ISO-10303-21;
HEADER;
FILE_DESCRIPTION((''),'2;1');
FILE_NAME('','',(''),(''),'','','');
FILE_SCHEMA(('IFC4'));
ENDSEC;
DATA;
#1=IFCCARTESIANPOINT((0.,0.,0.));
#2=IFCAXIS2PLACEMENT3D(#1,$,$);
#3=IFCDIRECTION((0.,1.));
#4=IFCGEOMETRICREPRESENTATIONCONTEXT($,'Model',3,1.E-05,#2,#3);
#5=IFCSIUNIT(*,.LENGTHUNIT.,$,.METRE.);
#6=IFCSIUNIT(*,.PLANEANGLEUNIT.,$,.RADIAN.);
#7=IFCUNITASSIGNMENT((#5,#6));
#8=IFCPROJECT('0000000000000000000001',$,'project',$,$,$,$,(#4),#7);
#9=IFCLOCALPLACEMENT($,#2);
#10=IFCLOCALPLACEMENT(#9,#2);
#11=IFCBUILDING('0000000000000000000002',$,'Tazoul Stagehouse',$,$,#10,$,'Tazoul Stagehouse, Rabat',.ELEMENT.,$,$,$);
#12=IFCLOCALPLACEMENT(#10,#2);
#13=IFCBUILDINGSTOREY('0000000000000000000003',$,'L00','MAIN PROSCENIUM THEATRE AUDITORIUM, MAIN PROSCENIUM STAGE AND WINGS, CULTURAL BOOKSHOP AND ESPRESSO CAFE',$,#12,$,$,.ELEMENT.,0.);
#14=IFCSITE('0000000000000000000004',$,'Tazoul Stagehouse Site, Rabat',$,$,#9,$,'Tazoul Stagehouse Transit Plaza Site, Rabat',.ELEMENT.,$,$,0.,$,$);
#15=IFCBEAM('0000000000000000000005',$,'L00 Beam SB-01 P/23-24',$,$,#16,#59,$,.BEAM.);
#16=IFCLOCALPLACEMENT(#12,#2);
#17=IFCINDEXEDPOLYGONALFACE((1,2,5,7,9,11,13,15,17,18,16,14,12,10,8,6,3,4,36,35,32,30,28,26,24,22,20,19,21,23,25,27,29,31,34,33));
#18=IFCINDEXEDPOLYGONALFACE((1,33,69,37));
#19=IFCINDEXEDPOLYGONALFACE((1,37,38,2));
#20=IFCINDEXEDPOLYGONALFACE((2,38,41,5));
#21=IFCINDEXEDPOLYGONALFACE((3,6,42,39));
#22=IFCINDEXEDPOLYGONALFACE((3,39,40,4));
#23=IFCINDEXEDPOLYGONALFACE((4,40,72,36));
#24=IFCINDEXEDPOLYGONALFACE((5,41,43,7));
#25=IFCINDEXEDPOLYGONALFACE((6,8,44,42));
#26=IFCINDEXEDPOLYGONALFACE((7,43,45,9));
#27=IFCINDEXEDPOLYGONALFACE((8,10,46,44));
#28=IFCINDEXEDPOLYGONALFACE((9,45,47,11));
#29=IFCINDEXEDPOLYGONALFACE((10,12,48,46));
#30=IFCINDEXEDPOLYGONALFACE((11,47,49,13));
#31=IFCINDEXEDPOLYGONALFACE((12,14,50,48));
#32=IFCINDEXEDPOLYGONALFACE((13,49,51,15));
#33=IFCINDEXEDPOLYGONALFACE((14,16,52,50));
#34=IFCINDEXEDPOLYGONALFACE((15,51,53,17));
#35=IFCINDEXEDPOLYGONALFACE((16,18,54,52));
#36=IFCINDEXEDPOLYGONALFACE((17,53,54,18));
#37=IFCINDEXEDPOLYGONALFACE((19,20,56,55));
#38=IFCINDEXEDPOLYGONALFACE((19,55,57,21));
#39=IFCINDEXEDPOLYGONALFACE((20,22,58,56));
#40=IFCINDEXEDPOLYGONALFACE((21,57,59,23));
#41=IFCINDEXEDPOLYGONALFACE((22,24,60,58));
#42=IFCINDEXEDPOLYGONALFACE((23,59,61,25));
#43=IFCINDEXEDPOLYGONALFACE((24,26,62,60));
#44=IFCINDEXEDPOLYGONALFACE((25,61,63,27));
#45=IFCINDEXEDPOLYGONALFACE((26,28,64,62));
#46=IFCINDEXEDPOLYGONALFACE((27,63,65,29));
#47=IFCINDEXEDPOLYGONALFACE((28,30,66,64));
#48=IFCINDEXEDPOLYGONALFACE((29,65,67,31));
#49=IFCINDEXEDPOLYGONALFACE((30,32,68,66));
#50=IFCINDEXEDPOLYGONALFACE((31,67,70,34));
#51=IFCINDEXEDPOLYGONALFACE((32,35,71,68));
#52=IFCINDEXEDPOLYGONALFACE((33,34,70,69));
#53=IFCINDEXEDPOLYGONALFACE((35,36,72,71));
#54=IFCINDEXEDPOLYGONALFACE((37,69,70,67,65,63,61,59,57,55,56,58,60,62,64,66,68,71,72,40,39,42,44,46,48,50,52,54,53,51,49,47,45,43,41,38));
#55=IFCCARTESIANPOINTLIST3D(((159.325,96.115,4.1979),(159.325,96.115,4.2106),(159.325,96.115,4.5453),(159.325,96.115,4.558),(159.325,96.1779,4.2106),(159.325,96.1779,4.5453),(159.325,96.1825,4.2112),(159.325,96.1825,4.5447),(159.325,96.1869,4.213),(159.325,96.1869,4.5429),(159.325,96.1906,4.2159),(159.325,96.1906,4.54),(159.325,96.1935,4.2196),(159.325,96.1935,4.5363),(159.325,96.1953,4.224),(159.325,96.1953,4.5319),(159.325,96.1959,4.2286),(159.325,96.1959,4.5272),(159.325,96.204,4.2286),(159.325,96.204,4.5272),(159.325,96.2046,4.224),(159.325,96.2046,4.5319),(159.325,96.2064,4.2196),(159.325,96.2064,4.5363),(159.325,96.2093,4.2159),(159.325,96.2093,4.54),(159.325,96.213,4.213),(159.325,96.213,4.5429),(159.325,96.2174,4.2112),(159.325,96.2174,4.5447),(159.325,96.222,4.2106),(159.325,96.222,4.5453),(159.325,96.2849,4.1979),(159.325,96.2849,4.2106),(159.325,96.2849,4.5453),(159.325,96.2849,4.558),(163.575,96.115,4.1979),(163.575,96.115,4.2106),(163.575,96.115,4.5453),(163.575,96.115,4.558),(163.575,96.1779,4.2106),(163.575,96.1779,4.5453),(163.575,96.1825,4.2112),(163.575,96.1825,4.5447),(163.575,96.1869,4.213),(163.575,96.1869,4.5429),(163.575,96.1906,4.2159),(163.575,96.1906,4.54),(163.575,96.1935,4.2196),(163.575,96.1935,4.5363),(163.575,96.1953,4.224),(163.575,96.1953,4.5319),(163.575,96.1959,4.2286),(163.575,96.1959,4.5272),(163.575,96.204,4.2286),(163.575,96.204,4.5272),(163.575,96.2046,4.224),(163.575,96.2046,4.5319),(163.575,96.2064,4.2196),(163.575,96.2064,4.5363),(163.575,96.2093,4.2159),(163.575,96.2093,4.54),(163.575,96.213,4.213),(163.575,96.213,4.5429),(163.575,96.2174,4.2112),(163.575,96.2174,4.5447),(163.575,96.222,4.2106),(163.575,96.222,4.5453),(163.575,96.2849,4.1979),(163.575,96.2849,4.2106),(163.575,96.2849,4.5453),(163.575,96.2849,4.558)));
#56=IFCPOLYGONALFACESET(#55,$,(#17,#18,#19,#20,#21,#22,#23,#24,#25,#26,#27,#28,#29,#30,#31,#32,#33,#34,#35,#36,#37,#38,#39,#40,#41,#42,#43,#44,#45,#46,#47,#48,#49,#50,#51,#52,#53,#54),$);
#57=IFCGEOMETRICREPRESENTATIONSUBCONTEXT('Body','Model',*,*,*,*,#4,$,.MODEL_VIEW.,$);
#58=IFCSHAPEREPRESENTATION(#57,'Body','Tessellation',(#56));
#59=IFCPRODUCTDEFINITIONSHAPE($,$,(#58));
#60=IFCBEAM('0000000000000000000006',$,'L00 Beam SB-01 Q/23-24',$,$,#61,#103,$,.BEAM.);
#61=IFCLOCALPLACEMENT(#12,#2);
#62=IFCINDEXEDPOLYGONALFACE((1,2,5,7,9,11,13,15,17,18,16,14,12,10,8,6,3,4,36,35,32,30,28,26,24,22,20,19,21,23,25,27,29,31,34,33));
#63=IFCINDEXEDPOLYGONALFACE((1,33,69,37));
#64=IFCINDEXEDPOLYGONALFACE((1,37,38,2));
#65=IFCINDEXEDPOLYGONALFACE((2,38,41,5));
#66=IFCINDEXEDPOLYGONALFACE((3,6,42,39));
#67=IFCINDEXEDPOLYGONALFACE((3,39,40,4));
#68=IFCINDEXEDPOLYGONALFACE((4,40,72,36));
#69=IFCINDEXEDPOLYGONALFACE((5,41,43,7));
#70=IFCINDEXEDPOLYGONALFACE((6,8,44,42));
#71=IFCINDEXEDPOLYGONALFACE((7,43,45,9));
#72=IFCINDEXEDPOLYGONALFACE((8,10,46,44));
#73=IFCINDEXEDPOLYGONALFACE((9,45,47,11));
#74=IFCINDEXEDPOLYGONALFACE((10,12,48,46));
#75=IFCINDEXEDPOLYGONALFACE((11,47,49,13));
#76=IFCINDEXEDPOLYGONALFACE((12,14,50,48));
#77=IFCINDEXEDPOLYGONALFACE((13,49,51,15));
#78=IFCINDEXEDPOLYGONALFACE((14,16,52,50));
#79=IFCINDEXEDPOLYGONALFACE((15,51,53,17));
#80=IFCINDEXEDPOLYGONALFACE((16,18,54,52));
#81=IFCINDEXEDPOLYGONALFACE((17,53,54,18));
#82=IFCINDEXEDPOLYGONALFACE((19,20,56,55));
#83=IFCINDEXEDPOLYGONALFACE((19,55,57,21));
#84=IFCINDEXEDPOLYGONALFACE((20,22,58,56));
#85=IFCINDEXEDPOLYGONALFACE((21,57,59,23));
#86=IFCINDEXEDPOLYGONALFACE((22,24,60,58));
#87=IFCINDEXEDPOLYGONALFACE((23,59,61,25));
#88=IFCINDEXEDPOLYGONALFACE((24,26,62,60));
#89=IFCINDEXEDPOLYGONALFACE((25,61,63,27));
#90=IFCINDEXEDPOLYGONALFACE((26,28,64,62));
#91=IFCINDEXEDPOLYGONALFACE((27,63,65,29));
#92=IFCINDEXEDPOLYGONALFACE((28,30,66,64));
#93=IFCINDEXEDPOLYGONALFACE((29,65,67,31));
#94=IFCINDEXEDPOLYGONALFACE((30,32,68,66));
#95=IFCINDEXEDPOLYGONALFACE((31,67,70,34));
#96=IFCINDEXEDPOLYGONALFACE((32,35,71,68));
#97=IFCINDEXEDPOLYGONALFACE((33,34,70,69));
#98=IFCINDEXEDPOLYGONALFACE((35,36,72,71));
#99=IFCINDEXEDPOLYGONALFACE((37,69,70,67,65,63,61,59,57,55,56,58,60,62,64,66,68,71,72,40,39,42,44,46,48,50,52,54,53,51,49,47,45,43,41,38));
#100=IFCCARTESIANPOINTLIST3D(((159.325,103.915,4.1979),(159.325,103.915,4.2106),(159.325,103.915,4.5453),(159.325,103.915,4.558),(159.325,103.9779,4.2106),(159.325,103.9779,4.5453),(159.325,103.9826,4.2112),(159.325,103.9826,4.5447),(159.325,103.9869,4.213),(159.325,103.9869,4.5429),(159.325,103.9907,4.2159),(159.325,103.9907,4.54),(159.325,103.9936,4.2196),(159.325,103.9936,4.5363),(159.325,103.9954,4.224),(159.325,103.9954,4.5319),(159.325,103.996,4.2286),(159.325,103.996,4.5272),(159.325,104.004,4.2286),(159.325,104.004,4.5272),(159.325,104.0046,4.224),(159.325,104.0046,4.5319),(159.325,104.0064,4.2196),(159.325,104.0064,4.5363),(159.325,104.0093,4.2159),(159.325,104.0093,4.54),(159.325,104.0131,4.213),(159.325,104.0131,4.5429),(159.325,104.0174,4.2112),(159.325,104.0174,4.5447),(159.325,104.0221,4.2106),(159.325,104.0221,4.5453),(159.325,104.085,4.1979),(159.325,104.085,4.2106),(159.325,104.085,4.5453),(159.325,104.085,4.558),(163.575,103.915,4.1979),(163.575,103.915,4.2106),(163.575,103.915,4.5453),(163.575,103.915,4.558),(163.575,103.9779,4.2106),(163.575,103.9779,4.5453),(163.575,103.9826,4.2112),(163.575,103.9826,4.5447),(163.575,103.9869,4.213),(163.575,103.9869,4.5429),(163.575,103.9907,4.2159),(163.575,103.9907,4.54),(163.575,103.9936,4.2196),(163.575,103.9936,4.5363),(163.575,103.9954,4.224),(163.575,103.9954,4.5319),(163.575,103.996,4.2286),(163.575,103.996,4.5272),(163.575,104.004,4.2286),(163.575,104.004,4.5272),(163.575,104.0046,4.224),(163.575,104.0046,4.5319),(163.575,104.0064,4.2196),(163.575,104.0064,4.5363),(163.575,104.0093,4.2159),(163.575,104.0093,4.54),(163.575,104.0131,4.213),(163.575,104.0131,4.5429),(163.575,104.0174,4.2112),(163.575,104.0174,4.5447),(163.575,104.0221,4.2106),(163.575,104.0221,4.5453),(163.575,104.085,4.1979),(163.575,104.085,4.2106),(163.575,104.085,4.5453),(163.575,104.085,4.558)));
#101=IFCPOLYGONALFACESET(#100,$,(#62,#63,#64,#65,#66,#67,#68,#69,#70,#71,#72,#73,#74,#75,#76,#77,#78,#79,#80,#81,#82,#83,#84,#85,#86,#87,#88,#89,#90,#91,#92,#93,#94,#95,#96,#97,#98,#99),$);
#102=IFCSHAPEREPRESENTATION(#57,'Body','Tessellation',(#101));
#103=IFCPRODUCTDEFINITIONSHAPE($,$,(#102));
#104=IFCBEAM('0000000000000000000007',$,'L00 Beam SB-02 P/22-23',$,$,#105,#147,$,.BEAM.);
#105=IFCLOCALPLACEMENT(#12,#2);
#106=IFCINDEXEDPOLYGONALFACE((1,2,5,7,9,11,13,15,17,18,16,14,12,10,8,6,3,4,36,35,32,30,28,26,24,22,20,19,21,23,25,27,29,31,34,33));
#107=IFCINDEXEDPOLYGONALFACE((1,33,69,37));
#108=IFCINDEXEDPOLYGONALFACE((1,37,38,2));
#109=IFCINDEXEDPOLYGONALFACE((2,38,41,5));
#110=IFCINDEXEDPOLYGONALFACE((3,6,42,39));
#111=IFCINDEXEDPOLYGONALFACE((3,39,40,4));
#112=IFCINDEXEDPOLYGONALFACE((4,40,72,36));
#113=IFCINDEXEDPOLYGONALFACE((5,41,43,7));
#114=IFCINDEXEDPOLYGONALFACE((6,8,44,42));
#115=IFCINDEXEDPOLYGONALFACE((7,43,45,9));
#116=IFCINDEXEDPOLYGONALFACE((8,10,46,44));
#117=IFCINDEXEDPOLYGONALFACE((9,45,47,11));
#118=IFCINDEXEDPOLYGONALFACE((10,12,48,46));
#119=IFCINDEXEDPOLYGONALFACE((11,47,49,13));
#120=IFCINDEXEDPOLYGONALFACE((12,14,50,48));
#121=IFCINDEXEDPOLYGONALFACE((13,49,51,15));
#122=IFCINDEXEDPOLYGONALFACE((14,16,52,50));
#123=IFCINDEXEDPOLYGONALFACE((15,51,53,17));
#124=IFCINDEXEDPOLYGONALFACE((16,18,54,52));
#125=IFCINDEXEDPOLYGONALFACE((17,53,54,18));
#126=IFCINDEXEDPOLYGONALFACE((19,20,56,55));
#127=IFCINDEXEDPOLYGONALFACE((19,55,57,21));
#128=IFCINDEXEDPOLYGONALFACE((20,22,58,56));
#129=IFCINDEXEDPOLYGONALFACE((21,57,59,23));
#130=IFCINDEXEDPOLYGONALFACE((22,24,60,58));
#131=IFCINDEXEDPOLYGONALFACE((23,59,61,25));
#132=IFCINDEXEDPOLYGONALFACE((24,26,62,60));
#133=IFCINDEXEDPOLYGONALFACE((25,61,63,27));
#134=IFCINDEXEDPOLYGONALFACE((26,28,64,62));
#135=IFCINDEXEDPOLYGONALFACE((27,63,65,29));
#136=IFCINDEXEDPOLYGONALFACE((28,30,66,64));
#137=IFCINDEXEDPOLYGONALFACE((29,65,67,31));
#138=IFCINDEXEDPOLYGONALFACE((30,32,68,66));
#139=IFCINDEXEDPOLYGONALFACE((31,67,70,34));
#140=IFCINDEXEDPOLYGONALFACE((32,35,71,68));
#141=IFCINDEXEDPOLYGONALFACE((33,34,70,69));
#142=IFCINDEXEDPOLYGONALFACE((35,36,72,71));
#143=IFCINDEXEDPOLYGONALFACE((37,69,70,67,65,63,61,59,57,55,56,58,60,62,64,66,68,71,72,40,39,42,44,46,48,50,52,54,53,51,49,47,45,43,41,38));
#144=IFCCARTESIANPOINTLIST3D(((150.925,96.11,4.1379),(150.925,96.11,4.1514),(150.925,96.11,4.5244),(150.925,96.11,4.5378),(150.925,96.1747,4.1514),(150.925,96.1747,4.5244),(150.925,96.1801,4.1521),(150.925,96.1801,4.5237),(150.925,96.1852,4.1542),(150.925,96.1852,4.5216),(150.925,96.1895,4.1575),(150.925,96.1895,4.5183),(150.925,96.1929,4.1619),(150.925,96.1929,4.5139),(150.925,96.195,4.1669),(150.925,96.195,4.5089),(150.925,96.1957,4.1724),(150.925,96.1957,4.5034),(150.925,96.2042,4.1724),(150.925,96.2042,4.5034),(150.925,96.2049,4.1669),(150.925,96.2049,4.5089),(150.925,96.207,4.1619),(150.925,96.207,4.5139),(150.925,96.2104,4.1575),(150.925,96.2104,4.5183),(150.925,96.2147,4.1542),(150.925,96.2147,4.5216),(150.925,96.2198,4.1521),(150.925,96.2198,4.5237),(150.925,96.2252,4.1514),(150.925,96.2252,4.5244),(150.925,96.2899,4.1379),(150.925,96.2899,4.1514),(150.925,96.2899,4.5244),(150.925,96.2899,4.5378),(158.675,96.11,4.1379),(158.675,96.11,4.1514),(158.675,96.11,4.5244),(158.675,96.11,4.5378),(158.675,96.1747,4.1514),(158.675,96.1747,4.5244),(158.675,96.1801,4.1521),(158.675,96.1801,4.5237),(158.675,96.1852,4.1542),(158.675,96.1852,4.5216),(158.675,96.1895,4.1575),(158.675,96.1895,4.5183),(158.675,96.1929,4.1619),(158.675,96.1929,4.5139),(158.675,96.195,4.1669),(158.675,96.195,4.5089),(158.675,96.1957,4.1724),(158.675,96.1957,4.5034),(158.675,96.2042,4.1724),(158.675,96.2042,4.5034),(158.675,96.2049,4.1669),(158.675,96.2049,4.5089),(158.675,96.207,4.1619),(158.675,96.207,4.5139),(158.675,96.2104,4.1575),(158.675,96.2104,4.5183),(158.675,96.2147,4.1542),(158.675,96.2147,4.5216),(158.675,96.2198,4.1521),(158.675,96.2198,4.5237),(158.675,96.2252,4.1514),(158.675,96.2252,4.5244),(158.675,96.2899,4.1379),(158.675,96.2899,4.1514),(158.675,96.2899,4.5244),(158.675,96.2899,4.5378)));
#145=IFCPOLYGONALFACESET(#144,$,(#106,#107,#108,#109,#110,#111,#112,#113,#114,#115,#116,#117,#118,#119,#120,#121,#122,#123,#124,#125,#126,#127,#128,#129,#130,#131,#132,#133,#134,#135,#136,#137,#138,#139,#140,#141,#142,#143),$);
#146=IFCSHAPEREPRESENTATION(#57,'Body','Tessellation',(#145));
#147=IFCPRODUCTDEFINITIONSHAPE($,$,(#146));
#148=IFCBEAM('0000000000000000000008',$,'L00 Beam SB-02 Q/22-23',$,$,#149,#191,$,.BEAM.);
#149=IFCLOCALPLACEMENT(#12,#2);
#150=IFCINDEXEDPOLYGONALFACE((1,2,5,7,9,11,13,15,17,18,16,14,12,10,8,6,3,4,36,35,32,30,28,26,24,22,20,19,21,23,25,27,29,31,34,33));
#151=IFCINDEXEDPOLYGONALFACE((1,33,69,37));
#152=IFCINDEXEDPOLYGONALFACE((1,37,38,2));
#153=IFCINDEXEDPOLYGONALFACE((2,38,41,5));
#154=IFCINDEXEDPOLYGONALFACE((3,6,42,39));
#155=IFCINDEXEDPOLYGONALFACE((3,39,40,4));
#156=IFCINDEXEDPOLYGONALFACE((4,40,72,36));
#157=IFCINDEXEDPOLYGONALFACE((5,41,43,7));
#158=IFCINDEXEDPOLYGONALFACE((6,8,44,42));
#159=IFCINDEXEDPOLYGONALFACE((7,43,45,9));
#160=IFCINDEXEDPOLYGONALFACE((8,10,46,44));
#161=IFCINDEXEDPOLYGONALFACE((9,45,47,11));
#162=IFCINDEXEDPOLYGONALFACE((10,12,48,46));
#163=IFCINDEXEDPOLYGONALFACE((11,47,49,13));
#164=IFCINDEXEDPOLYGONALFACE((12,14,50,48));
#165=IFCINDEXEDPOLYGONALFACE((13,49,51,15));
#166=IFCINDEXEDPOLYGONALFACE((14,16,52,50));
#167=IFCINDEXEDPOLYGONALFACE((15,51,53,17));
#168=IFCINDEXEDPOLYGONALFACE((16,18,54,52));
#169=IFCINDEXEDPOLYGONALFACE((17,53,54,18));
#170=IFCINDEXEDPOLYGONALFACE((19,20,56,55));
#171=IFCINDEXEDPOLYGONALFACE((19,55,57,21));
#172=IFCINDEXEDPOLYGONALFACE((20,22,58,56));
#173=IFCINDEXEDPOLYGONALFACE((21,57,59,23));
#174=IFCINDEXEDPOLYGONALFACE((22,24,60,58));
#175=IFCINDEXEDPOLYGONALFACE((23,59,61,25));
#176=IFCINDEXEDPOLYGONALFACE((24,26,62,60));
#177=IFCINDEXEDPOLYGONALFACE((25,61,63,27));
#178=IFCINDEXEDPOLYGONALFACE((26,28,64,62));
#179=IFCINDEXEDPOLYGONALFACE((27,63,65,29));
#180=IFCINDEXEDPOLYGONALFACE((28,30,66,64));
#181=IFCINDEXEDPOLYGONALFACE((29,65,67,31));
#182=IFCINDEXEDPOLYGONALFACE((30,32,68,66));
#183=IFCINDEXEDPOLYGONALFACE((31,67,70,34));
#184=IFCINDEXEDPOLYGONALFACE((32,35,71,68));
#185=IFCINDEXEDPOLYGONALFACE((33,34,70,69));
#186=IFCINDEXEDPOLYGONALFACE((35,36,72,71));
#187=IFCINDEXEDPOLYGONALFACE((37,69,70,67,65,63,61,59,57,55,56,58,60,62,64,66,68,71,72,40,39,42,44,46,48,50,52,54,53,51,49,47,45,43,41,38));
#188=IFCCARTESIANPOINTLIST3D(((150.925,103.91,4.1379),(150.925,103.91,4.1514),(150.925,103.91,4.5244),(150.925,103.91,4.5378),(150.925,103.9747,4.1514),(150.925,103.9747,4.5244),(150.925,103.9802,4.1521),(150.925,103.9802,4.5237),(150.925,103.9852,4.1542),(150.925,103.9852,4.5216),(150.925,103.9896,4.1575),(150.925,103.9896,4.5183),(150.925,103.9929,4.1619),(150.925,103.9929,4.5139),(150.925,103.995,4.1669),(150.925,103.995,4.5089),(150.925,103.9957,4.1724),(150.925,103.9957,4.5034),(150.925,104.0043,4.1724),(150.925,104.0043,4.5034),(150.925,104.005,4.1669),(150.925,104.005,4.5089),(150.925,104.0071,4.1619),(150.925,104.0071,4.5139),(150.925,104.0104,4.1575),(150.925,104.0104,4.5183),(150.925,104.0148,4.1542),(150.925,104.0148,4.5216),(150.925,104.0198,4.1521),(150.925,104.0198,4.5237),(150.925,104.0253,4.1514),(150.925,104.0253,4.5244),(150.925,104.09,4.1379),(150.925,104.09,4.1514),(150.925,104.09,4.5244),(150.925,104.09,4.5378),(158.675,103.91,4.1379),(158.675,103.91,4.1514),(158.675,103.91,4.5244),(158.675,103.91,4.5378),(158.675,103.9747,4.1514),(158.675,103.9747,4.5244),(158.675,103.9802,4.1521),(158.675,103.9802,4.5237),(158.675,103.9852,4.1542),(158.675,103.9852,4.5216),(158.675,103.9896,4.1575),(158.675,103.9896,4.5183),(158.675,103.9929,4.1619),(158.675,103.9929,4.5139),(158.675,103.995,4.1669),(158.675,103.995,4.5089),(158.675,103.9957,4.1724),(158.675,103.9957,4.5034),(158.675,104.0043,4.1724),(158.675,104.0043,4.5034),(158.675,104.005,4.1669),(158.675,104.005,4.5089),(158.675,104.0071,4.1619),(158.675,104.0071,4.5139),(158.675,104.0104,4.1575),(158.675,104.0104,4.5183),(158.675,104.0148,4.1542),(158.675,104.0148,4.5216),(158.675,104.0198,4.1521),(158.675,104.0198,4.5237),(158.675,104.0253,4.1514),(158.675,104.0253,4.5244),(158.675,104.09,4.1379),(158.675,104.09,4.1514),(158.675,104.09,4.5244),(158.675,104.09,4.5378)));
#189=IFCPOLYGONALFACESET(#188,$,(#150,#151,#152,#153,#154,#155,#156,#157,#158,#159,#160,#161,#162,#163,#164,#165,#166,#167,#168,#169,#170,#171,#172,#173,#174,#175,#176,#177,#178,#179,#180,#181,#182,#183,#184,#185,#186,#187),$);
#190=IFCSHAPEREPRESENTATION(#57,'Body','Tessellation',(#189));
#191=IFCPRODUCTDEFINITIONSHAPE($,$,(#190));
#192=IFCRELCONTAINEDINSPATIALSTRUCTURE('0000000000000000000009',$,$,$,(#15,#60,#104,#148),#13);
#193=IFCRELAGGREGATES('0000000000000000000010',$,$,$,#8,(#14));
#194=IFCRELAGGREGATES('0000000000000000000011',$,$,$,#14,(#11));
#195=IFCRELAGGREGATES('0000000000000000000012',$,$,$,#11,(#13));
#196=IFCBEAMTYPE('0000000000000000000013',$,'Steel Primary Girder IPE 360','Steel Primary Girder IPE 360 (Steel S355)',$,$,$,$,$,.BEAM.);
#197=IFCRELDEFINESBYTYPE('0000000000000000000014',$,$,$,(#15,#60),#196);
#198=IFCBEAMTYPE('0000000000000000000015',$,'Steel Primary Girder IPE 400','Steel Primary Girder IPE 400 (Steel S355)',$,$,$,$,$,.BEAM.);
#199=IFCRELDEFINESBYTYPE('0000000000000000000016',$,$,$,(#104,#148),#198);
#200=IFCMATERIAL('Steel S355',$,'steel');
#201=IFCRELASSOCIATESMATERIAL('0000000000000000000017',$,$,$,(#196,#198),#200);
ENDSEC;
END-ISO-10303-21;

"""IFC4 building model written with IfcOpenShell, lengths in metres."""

from ifc_helpers import new_model, si_unit, direction, frame, origin, origin_2d, place, context, subcontext, project, spatial, i_section, extrude, material, material_profile, profile_set, type_object, element, save


model = new_model("IFC4")

# Units and contexts
model_context = context("Model", 3, precision=1e-05, world=origin(), true_north=direction((0.0, 1.0)))
body_context = subcontext(model_context, "Body", "Model", "MODEL_VIEW")
ifc_project = project(units=[si_unit("LENGTHUNIT", "METRE"), si_unit("PLANEANGLEUNIT", "RADIAN")], contexts=[model_context])

# Site, building, storey
site_placement = place(None, origin())
site = spatial("IfcSite", under=ifc_project, at=site_placement, Name="Tazoul Stagehouse Site, Rabat", LongName="Tazoul Stagehouse Transit Plaza Site, Rabat", CompositionType="ELEMENT", RefElevation=0.0)
building_placement = place(site_placement, origin())
building = spatial("IfcBuilding", under=site, at=building_placement, Name="Tazoul Stagehouse", LongName="Tazoul Stagehouse, Rabat", CompositionType="ELEMENT")
storey_placement = place(building_placement, origin())
storey = spatial("IfcBuildingStorey", under=building, at=storey_placement, Name="L00", Description="MAIN PROSCENIUM THEATRE AUDITORIUM, MAIN PROSCENIUM STAGE AND WINGS, CULTURAL BOOKSHOP AND ESPRESSO CAFE", CompositionType="ELEMENT", Elevation=0.0)

# Beams
ifc_material_1 = material(Name="Steel S355", Category="steel")
ifc_material_profile_1 = material_profile(ifc_material_1, i_section(OverallWidth=0.1699, OverallDepth=0.3601, WebThickness=0.0081, FlangeThickness=0.0127, FilletRadius=0.0181, at=origin_2d()), Name="IPE 360")
ifc_profile_set_1 = profile_set([ifc_material_profile_1], Name="Steel S355")
beam_type_1 = type_object("IfcBeamType", Name="Steel Primary Girder IPE 360", Description="Steel Primary Girder IPE 360 (Steel S355)", PredefinedType="BEAM", material=ifc_profile_set_1)
for number, where, z_axis, x_axis, name in (
    (1, (159.325, 96.2, 4.3779), (1.0, 0.0, 0.0), (0.0, 1.0, 0.0), "L00 Beam SB-01 P/23-24"),
    (2, (159.325, 104.0, 4.3779), (1.0, 0.0, 0.0), (0.0, 1.0, 0.0), "L00 Beam SB-01 Q/23-24"),
):
    element("IfcBeam", number, at=place(storey_placement, frame(where, z_axis=z_axis, x_axis=x_axis)), inside=storey, type_object=beam_type_1, Name=name, PredefinedType="BEAM", context=body_context, shape_type="SweptSolid", body=[
        extrude(i_section(OverallWidth=0.1699, OverallDepth=0.3601, WebThickness=0.0081, FlangeThickness=0.0127, FilletRadius=0.0181, at=origin_2d()), origin(), (0.0, 0.0, 1.0), 4.25),
    ])
ifc_material_profile_2 = material_profile(ifc_material_1, i_section(OverallWidth=0.1799, OverallDepth=0.3999, WebThickness=0.0085, FlangeThickness=0.0134, FilletRadius=0.021, at=origin_2d()), Name="IPE 400")
ifc_profile_set_2 = profile_set([ifc_material_profile_2], Name="Steel S355")
beam_type_2 = type_object("IfcBeamType", Name="Steel Primary Girder IPE 400", Description="Steel Primary Girder IPE 400 (Steel S355)", PredefinedType="BEAM", material=ifc_profile_set_2)
for number, where, z_axis, x_axis, name in (
    (3, (150.925, 96.2, 4.3379), (1.0, 0.0, 0.0), (0.0, 1.0, 0.0), "L00 Beam SB-02 P/22-23"),
    (4, (150.925, 104.0, 4.3379), (1.0, 0.0, 0.0), (0.0, 1.0, 0.0), "L00 Beam SB-02 Q/22-23"),
):
    element("IfcBeam", number, at=place(storey_placement, frame(where, z_axis=z_axis, x_axis=x_axis)), inside=storey, type_object=beam_type_2, Name=name, PredefinedType="BEAM", context=body_context, shape_type="SweptSolid", body=[
        extrude(i_section(OverallWidth=0.1799, OverallDepth=0.3999, WebThickness=0.0085, FlangeThickness=0.0134, FilletRadius=0.021, at=origin_2d()), origin(), (0.0, 0.0, 1.0), 7.75),
    ])

save(model, "model.ifc")
